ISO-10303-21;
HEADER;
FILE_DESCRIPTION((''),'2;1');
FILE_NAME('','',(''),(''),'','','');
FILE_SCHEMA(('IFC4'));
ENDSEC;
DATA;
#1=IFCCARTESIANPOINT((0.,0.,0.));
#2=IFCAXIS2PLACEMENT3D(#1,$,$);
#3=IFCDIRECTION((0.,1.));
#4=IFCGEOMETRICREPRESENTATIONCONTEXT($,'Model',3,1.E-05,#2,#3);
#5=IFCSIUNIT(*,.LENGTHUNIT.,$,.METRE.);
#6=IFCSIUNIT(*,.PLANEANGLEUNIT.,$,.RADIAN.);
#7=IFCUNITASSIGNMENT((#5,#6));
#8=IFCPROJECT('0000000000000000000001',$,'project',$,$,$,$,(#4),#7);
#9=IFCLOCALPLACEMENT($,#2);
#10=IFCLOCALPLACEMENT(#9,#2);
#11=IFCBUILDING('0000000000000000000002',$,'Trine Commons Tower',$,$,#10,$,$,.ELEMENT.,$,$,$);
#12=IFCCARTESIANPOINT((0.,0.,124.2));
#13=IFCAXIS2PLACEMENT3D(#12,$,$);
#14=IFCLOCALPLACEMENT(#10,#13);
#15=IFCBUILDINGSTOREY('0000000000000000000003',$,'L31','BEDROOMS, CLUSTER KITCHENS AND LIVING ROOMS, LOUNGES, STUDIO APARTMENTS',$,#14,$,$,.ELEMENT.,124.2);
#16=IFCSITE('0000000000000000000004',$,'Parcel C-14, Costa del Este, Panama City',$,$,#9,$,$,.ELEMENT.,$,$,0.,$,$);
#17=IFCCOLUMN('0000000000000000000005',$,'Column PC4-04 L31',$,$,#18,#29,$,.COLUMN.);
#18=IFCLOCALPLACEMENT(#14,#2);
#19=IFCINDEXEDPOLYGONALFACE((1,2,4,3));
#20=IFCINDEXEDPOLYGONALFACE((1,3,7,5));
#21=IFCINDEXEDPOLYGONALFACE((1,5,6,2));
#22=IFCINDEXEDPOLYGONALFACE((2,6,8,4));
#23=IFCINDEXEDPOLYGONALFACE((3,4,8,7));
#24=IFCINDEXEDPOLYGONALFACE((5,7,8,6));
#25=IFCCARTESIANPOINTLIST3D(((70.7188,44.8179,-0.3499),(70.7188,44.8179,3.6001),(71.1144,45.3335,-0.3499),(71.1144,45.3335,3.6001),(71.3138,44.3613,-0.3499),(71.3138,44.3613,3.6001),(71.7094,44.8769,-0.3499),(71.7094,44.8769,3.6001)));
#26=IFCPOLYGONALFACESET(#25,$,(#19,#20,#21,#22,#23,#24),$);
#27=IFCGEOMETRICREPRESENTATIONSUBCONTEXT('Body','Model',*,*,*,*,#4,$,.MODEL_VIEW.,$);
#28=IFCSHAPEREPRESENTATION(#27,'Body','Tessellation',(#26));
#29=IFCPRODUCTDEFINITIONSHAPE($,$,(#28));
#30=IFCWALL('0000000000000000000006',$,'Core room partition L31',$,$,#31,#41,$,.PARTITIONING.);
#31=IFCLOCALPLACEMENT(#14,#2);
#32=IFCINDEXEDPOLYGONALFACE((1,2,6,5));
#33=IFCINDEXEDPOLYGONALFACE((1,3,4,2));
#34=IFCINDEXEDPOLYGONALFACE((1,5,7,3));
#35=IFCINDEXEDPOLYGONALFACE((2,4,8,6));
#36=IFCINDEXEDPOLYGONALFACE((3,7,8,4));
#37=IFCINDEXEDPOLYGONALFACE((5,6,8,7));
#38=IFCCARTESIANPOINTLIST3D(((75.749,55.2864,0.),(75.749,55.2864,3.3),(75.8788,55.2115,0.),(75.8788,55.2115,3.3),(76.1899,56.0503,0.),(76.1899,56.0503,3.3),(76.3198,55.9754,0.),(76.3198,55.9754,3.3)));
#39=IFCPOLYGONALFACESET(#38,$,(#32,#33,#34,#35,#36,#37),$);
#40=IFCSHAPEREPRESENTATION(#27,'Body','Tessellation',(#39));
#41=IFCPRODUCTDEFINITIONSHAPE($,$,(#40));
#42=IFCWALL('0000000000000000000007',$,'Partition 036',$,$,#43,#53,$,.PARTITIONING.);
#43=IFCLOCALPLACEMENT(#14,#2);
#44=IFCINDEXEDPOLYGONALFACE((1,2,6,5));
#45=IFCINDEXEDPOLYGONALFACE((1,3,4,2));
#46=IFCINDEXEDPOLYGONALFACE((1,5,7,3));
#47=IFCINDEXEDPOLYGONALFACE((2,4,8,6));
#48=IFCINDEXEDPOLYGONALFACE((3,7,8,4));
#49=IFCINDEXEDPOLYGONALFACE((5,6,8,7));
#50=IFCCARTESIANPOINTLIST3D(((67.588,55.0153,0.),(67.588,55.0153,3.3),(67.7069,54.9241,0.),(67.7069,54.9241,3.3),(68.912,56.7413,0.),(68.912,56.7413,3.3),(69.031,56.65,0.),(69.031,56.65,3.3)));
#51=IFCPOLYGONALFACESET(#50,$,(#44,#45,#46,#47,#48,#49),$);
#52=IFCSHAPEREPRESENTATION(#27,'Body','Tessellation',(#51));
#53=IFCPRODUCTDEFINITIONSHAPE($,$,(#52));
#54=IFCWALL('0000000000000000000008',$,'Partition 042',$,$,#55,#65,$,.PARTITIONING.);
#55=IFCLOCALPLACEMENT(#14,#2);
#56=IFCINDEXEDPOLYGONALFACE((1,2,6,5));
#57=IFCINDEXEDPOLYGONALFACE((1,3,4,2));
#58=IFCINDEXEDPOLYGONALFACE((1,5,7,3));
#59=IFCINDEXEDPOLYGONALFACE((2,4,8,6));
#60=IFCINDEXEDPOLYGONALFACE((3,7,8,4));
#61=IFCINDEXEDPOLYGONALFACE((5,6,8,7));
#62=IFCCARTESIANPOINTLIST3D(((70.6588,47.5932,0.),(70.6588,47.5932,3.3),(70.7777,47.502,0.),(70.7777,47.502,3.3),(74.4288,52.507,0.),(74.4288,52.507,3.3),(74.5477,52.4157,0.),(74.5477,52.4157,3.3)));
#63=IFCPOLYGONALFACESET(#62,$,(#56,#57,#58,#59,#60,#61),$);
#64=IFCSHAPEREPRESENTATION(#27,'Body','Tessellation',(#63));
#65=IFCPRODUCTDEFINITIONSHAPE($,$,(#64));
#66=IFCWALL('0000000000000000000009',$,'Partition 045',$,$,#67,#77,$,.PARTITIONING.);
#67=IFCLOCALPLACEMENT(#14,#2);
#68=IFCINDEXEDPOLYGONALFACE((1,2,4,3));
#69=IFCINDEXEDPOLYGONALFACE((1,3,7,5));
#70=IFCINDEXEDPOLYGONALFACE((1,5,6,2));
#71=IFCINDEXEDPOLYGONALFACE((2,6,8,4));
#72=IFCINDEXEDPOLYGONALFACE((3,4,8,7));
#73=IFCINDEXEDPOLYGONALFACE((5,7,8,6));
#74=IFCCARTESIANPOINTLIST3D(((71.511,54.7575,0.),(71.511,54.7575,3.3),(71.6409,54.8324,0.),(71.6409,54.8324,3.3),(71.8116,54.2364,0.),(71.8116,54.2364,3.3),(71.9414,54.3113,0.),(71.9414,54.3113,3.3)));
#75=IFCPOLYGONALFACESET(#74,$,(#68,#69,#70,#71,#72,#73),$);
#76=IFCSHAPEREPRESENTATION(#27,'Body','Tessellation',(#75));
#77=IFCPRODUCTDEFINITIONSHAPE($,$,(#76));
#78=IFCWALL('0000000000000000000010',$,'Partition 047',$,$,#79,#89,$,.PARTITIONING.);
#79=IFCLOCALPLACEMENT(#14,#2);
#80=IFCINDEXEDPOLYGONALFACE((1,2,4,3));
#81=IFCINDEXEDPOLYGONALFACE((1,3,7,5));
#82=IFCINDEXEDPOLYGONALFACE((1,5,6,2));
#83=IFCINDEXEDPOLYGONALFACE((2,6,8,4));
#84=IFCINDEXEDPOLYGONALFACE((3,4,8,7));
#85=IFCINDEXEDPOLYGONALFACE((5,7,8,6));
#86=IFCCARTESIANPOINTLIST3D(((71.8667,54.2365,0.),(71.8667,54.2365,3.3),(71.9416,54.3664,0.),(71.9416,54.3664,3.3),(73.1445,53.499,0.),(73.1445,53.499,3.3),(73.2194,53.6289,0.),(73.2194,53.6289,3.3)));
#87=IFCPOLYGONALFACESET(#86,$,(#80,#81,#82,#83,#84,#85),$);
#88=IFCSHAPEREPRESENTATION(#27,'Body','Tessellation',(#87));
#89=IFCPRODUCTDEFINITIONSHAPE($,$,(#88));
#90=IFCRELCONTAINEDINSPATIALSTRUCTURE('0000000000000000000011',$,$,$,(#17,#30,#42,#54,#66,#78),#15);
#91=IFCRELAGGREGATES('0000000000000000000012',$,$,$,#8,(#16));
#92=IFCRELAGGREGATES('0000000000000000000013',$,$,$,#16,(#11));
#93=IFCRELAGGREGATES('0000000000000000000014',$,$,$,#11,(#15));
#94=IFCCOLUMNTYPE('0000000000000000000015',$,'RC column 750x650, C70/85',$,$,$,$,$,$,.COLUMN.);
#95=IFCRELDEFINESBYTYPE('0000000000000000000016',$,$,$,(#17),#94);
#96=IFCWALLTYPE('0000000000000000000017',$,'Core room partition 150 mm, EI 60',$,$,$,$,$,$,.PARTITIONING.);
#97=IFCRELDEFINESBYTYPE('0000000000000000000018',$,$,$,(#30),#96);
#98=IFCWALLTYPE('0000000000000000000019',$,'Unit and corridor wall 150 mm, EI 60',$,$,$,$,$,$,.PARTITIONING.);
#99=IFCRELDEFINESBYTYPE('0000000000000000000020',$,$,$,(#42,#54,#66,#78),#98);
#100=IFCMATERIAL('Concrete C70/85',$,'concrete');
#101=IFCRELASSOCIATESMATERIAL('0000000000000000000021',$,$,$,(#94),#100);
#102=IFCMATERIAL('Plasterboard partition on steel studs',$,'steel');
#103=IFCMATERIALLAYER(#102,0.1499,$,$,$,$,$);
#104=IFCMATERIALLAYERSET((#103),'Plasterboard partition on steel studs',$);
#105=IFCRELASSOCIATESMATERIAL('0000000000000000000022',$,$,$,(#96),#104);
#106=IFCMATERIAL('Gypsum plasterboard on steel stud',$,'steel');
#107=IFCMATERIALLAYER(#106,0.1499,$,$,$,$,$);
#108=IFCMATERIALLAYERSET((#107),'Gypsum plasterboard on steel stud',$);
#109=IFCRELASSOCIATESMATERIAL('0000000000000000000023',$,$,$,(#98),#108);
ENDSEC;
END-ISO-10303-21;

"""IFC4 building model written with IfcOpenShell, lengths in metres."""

from ifc_helpers import new_model, si_unit, direction, frame, frame_2d, origin, origin_2d, place, context, subcontext, project, spatial, rectangle, extrude, material, layer, layer_set, material_profile, profile_set, type_object, element, save


model = new_model("IFC4")

# Units and contexts
model_context = context("Model", 3, precision=1e-05, world=origin(), true_north=direction((0.0, 1.0)))
body_context = subcontext(model_context, "Body", "Model", "MODEL_VIEW")
ifc_project = project(units=[si_unit("LENGTHUNIT", "METRE"), si_unit("PLANEANGLEUNIT", "RADIAN")], contexts=[model_context])

# Site, building, storey
site_placement = place(None, origin())
site = spatial("IfcSite", under=ifc_project, at=site_placement, Name="Parcel C-14, Costa del Este, Panama City", CompositionType="ELEMENT", RefElevation=0.0)
building_placement = place(site_placement, origin())
building = spatial("IfcBuilding", under=site, at=building_placement, Name="Trine Commons Tower", CompositionType="ELEMENT")
storey_placement = place(building_placement, frame((0.0, 0.0, 124.2)))
storey = spatial("IfcBuildingStorey", under=building, at=storey_placement, Name="L31", Description="BEDROOMS, CLUSTER KITCHENS AND LIVING ROOMS, LOUNGES, STUDIO APARTMENTS", CompositionType="ELEMENT", Elevation=124.2)

# Column
ifc_material_1 = material(Name="Concrete C70/85", Category="concrete")
ifc_material_profile = material_profile(ifc_material_1, rectangle(XDim=0.75, YDim=0.6499, at=origin_2d()), Name="RC 750x650")
ifc_profile_set = profile_set([ifc_material_profile], Name="Concrete C70/85")
column_type = type_object("IfcColumnType", Name="RC column 750x650, C70/85", PredefinedType="COLUMN", material=ifc_profile_set)
column_placement = place(storey_placement, frame((71.2141, 44.8474, -0.3499), z_axis=(0.0, 0.0, 1.0), x_axis=(-0.793353, 0.608761, 0.0)))
element("IfcColumn", 1, at=column_placement, inside=storey, type_object=column_type, Name="Column PC4-04 L31", PredefinedType="COLUMN", context=body_context, shape_type="SweptSolid", body=[
    extrude(rectangle(XDim=0.75, YDim=0.6499, at=origin_2d()), origin(), (0.0, 0.0, 1.0), 3.95),
])

# Walls
ifc_material_2 = material(Name="Plasterboard partition on steel studs", Category="steel")
ifc_layer_1 = layer(ifc_material_2, 0.1499)
ifc_layer_set_1 = layer_set([ifc_layer_1], Name="Plasterboard partition on steel studs")
wall_type_1 = type_object("IfcWallType", Name="Core room partition 150 mm, EI 60", PredefinedType="PARTITIONING", material=ifc_layer_set_1)
wall_1_placement = place(storey_placement, frame((75.814, 55.249, 0.0), z_axis=(0.0, 0.0, 1.0), x_axis=(0.49989, 0.866089, 0.0)))
element("IfcWall", 2, at=wall_1_placement, inside=storey, type_object=wall_type_1, Name="Core room partition L31", PredefinedType="PARTITIONING", context=body_context, shape_type="SweptSolid", body=[
    extrude(rectangle(XDim=0.8821, YDim=0.1499, at=frame_2d((0.4409, 0.0))), origin(), (0.0, 0.0, 1.0), 3.3),
])
ifc_material_3 = material(Name="Gypsum plasterboard on steel stud", Category="steel")
ifc_layer_2 = layer(ifc_material_3, 0.1499)
ifc_layer_set_2 = layer_set([ifc_layer_2], Name="Gypsum plasterboard on steel stud")
wall_type_2 = type_object("IfcWallType", Name="Unit and corridor wall 150 mm, EI 60", PredefinedType="PARTITIONING", material=ifc_layer_set_2)
wall_2_placement = place(storey_placement, frame((67.6475, 54.9697, 0.0), z_axis=(0.0, 0.0, 1.0), x_axis=(0.608674, 0.79342, 0.0)))
element("IfcWall", 3, at=wall_2_placement, inside=storey, type_object=wall_type_2, Name="Partition 036", PredefinedType="PARTITIONING", context=body_context, shape_type="SweptSolid", body=[
    extrude(rectangle(XDim=2.1753, YDim=0.1499, at=frame_2d((1.0876, 0.0))), origin(), (0.0, 0.0, 1.0), 3.3),
])
wall_3_placement = place(storey_placement, frame((70.7183, 47.5476, 0.0), z_axis=(0.0, 0.0, 1.0), x_axis=(0.608712, 0.793391, 0.0)))
element("IfcWall", 4, at=wall_3_placement, inside=storey, type_object=wall_type_2, Name="Partition 042", PredefinedType="PARTITIONING", context=body_context, shape_type="SweptSolid", body=[
    extrude(rectangle(XDim=6.1934, YDim=0.1499, at=frame_2d((3.0967, 0.0))), origin(), (0.0, 0.0, 1.0), 3.3),
])
wall_4_placement = place(storey_placement, frame((71.5759, 54.7949, 0.0), z_axis=(0.0, 0.0, 1.0), x_axis=(0.499676, -0.866213, 0.0)))
element("IfcWall", 5, at=wall_4_placement, inside=storey, type_object=wall_type_2, Name="Partition 045", PredefinedType="PARTITIONING", context=body_context, shape_type="SweptSolid", body=[
    extrude(rectangle(XDim=0.6016, YDim=0.1499, at=frame_2d((0.3008, 0.0))), origin(), (0.0, 0.0, 1.0), 3.3),
])
wall_5_placement = place(storey_placement, frame((71.9041, 54.3015, 0.0), z_axis=(0.0, 0.0, 1.0), x_axis=(0.866086, -0.499894, 0.0)))
element("IfcWall", 6, at=wall_5_placement, inside=storey, type_object=wall_type_2, Name="Partition 047", PredefinedType="PARTITIONING", context=body_context, shape_type="SweptSolid", body=[
    extrude(rectangle(XDim=1.4753, YDim=0.1499, at=frame_2d((0.7378, 0.0))), origin(), (0.0, 0.0, 1.0), 3.3),
])

save(model, "model.ifc")
